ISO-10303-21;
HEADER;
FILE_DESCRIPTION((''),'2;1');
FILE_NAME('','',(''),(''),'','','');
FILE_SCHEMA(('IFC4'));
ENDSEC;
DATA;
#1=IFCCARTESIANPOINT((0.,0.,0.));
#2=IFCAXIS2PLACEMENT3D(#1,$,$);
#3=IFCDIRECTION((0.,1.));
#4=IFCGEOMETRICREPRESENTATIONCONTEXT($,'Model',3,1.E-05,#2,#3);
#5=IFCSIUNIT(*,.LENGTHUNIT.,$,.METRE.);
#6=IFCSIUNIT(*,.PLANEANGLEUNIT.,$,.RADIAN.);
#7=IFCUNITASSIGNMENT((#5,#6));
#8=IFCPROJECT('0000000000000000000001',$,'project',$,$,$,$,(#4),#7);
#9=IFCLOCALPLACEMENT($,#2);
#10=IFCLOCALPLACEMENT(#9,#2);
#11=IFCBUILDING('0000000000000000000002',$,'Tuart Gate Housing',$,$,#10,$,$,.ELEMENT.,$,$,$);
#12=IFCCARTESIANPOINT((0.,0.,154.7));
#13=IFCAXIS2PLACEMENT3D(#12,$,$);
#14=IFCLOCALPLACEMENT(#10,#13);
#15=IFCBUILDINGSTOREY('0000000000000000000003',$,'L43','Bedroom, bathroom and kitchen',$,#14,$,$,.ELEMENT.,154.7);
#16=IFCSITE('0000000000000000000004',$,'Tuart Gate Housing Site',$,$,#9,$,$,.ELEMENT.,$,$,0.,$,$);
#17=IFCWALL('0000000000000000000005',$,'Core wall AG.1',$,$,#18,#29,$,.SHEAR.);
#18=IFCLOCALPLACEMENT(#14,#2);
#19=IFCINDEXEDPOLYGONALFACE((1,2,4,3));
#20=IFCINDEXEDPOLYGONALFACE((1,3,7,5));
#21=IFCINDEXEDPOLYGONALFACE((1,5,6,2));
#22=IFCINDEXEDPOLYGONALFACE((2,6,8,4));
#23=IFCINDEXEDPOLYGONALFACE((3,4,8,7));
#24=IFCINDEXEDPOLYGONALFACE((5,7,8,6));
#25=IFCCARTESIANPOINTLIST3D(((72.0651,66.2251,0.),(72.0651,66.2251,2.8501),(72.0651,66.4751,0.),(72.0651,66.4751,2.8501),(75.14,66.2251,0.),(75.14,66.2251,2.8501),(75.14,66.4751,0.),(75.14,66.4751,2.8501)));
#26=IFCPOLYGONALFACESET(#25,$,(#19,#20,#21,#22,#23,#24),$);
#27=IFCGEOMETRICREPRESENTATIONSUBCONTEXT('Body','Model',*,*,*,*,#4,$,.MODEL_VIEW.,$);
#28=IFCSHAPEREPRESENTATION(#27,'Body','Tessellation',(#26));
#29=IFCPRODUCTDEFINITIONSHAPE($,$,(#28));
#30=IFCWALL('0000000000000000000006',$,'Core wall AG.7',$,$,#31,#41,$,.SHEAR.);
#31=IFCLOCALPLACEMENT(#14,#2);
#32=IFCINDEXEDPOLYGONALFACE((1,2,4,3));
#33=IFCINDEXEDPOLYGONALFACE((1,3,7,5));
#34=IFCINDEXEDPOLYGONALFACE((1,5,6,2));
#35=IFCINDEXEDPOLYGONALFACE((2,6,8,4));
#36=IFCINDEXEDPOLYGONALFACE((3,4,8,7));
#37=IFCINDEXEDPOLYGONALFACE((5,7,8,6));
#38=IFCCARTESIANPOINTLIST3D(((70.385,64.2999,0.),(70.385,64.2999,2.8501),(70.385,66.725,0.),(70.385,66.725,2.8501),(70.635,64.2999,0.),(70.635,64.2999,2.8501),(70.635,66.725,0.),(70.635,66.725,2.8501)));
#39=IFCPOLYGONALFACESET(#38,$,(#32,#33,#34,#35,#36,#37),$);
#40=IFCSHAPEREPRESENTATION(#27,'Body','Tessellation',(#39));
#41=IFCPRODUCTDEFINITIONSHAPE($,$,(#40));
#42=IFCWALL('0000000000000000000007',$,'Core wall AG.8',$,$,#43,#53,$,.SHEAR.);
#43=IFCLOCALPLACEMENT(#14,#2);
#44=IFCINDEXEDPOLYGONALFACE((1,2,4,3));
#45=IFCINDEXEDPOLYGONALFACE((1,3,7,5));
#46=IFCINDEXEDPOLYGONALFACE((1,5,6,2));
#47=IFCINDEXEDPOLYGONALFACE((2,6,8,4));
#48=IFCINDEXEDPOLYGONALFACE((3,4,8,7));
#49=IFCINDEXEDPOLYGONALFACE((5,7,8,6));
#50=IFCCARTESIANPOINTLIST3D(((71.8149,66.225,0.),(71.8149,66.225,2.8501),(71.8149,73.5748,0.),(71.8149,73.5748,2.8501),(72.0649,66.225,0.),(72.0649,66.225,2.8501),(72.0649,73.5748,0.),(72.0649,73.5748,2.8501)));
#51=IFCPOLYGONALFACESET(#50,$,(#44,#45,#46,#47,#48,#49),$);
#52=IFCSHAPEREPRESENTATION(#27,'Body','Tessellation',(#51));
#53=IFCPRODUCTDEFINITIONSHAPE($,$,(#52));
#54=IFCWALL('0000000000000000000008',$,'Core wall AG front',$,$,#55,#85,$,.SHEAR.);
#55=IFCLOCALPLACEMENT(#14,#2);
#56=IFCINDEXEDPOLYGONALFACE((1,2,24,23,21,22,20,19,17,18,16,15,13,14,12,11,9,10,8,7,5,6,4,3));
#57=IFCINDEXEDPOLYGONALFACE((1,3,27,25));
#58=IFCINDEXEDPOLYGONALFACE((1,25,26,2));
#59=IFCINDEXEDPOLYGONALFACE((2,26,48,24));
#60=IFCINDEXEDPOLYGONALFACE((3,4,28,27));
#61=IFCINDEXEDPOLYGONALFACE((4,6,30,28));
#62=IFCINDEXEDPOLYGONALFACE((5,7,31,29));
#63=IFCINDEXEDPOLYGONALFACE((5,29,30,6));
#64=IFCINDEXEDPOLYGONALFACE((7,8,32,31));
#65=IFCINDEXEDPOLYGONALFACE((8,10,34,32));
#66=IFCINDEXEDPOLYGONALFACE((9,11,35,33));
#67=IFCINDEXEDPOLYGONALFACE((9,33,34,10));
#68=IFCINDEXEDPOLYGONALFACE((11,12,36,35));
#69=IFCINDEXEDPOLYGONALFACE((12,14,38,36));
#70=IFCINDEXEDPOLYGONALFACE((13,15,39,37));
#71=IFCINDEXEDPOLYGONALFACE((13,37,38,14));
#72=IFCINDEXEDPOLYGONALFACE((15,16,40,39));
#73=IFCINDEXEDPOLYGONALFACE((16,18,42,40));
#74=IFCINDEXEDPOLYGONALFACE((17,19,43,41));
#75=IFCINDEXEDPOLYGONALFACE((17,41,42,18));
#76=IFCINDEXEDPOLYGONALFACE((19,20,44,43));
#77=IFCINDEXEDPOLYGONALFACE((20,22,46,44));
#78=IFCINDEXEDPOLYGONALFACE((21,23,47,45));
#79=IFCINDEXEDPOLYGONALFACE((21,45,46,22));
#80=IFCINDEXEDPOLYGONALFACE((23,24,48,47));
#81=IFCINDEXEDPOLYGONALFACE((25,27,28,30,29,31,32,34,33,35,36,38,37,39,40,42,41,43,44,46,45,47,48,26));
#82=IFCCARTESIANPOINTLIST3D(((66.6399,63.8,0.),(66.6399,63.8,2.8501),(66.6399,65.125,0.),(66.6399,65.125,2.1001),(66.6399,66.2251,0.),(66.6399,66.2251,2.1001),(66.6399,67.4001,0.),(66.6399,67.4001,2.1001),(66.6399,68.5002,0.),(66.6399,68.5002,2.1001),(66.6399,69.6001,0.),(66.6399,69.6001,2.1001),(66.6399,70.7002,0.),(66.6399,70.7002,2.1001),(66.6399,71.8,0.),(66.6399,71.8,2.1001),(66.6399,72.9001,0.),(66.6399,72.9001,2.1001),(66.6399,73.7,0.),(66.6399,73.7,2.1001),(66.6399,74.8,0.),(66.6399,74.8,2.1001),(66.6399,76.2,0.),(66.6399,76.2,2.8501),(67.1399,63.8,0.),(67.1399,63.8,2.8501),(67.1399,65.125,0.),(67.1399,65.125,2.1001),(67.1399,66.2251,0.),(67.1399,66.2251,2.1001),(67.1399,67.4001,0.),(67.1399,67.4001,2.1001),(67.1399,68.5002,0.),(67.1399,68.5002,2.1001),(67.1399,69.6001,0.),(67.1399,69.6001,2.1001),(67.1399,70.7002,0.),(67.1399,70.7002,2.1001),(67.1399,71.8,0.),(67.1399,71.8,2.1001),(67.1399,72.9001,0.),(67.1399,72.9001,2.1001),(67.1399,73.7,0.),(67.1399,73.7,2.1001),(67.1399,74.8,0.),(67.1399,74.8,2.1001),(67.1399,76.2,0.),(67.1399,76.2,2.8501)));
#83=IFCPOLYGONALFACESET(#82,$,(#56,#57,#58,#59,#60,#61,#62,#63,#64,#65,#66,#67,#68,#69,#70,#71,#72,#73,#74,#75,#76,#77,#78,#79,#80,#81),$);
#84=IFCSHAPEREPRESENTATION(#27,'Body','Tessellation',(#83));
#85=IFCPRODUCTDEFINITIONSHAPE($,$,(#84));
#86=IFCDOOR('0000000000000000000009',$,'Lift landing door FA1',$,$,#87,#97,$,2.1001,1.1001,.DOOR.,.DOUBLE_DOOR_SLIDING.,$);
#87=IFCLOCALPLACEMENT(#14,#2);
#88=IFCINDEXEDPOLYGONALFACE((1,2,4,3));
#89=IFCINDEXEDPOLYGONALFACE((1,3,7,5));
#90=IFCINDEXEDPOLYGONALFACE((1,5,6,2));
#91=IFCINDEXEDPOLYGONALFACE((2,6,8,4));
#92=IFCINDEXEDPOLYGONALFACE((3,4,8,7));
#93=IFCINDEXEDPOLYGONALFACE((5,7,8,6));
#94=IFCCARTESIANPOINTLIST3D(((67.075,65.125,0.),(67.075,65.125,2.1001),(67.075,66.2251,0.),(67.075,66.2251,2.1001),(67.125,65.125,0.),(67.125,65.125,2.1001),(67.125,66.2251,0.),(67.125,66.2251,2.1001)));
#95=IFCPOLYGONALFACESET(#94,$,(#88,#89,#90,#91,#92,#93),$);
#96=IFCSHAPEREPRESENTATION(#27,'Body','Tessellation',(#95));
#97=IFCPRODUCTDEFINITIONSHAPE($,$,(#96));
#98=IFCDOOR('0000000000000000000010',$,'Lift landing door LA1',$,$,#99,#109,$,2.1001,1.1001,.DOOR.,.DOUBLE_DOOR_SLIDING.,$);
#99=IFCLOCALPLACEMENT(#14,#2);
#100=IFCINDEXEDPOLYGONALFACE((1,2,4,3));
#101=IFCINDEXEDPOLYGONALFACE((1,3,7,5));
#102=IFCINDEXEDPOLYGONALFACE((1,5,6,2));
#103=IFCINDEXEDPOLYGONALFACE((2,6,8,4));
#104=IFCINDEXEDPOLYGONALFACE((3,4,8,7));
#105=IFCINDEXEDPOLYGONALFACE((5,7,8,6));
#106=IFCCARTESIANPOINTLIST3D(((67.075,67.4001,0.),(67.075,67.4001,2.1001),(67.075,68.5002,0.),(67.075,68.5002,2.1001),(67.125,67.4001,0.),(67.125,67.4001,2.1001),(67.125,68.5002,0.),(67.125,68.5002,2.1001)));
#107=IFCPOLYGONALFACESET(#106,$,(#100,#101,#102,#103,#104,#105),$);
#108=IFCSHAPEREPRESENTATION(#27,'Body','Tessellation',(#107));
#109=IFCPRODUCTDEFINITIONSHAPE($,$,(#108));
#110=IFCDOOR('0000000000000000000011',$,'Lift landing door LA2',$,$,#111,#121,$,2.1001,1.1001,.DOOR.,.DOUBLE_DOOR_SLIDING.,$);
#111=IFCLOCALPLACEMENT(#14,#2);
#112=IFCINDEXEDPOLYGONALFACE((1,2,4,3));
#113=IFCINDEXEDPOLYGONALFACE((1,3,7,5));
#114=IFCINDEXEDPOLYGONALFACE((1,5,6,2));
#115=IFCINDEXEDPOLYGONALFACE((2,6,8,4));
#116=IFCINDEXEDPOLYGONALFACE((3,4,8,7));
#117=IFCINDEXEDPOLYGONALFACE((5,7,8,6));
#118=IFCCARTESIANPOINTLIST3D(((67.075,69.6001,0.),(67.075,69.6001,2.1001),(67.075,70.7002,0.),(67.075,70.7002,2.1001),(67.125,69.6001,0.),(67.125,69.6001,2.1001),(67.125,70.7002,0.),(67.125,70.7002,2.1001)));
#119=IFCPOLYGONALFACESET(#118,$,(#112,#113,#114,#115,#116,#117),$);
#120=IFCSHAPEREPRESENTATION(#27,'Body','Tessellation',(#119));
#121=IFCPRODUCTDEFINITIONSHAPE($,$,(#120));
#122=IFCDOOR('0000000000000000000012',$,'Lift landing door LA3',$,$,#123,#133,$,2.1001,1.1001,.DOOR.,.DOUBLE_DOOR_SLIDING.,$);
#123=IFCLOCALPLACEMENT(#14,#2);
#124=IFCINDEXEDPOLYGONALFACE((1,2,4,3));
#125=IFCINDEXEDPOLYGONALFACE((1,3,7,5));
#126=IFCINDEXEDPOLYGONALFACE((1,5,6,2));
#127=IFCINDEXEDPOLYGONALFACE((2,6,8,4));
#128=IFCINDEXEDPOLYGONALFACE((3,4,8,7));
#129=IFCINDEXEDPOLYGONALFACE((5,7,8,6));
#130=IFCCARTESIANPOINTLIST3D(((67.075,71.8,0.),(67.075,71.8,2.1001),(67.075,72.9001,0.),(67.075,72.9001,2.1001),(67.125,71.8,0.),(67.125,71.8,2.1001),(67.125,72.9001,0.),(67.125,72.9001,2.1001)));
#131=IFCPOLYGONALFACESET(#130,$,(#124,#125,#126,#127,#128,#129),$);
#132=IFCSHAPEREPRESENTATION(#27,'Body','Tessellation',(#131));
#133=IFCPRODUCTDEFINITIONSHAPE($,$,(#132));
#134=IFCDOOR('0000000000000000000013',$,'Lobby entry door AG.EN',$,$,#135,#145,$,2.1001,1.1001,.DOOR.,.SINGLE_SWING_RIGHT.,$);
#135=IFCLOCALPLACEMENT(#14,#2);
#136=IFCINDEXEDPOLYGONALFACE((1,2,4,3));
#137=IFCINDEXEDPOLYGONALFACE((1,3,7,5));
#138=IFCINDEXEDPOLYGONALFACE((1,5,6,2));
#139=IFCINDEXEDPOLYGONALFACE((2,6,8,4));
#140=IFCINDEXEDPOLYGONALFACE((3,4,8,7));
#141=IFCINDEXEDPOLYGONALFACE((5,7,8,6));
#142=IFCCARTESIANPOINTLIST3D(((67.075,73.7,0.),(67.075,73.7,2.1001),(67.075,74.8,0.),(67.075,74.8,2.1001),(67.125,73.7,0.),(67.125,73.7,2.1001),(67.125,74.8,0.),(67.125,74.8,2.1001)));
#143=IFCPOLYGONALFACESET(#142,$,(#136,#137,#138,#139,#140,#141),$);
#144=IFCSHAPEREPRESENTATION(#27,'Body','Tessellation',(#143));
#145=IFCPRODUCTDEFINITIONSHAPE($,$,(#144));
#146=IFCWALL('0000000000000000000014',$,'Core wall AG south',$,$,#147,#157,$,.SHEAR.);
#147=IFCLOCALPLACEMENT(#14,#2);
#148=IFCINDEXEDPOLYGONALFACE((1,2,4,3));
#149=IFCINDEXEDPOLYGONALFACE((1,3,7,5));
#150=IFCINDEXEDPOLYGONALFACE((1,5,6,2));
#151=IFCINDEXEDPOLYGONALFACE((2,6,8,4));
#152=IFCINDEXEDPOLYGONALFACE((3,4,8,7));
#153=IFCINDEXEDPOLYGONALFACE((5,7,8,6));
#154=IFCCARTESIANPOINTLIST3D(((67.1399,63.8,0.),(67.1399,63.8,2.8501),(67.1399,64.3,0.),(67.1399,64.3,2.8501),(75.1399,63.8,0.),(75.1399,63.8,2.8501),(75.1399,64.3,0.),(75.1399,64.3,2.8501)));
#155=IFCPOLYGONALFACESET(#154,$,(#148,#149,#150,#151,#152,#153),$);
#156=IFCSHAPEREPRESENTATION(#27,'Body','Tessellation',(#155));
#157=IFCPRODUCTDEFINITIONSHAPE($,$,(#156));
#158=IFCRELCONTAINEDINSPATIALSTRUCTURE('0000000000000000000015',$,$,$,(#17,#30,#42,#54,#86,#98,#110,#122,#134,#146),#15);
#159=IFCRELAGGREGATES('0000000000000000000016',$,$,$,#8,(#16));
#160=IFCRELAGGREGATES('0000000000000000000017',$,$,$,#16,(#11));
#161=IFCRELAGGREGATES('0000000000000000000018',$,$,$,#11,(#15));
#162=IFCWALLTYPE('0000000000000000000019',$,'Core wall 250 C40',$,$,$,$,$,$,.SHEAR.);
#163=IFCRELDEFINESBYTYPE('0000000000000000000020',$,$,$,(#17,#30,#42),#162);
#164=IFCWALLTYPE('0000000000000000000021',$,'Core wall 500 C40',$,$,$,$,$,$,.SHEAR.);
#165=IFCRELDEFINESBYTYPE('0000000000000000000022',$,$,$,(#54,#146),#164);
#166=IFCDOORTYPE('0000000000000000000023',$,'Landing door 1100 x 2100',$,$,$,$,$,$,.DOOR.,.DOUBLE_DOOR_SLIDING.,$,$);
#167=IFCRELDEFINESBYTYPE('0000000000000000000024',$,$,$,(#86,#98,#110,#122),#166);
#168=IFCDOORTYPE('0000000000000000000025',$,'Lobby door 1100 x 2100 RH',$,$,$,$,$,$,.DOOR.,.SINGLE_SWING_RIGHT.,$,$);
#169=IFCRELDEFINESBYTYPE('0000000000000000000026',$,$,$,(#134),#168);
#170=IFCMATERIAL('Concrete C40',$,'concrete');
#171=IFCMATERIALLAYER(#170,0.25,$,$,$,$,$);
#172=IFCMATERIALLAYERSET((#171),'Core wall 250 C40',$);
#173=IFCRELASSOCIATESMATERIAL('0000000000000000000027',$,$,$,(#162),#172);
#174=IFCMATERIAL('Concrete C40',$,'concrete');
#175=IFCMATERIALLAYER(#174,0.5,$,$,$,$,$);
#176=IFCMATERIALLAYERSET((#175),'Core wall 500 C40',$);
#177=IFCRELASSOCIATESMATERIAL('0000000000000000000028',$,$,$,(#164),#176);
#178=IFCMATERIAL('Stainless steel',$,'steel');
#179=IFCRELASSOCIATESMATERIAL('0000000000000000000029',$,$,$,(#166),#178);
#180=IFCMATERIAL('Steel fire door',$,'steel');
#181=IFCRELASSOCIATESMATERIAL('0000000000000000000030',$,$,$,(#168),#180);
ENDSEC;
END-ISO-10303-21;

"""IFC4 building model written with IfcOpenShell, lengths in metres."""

from ifc_helpers import new_model, si_unit, direction, frame, frame_2d, origin, place, context, subcontext, project, spatial, rectangle, extrude, material, layer, layer_set, type_object, element, fill, save


model = new_model("IFC4")

# Units and contexts
model_context = context("Model", 3, precision=1e-05, world=origin(), true_north=direction((0.0, 1.0)))
body_context = subcontext(model_context, "Body", "Model", "MODEL_VIEW")
ifc_project = project(units=[si_unit("LENGTHUNIT", "METRE"), si_unit("PLANEANGLEUNIT", "RADIAN")], contexts=[model_context])

# Site, building, storey
site_placement = place(None, origin())
site = spatial("IfcSite", under=ifc_project, at=site_placement, Name="Tuart Gate Housing Site", CompositionType="ELEMENT", RefElevation=0.0)
building_placement = place(site_placement, origin())
building = spatial("IfcBuilding", under=site, at=building_placement, Name="Tuart Gate Housing", CompositionType="ELEMENT")
storey_placement = place(building_placement, frame((0.0, 0.0, 154.7)))
storey = spatial("IfcBuildingStorey", under=building, at=storey_placement, Name="L43", Description="Bedroom, bathroom and kitchen", CompositionType="ELEMENT", Elevation=154.7)

# Walls
ifc_material_1 = material(Name="Concrete C40", Category="concrete")
ifc_layer_1 = layer(ifc_material_1, 0.25)
ifc_layer_set_1 = layer_set([ifc_layer_1], Name="Core wall 250 C40")
wall_type_1 = type_object("IfcWallType", Name="Core wall 250 C40", PredefinedType="SHEAR", material=ifc_layer_set_1)
wall_1_placement = place(storey_placement, frame((72.0649, 66.3501, 0.0), z_axis=(0.0, 0.0, 1.0), x_axis=(1.0, 0.0, 0.0)))
element("IfcWall", 1, at=wall_1_placement, inside=storey, type_object=wall_type_1, Name="Core wall AG.1", PredefinedType="SHEAR", context=body_context, shape_type="SweptSolid", body=[
    extrude(rectangle(XDim=3.075, YDim=0.25, at=frame_2d((1.5376, 0.0))), origin(), (0.0, 0.0, 1.0), 2.8501),
])
wall_2_placement = place(storey_placement, frame((70.51, 64.3, 0.0), z_axis=(0.0, 0.0, 1.0), x_axis=(0.0, 1.0, 0.0)))
element("IfcWall", 2, at=wall_2_placement, inside=storey, type_object=wall_type_1, Name="Core wall AG.7", PredefinedType="SHEAR", context=body_context, shape_type="SweptSolid", body=[
    extrude(rectangle(XDim=2.425, YDim=0.25, at=frame_2d((1.2124, 0.0))), origin(), (0.0, 0.0, 1.0), 2.8501),
])
wall_3_placement = place(storey_placement, frame((71.9399, 66.2251, 0.0), z_axis=(0.0, 0.0, 1.0), x_axis=(0.0, 1.0, 0.0)))
element("IfcWall", 3, at=wall_3_placement, inside=storey, type_object=wall_type_1, Name="Core wall AG.8", PredefinedType="SHEAR", context=body_context, shape_type="SweptSolid", body=[
    extrude(rectangle(XDim=7.3499, YDim=0.25, at=frame_2d((3.6748, 0.0))), origin(), (0.0, 0.0, 1.0), 2.8501),
])

# Wall, openings, doors
ifc_material_2 = material(Name="Concrete C40", Category="concrete")
ifc_layer_2 = layer(ifc_material_2, 0.5)
ifc_layer_set_2 = layer_set([ifc_layer_2], Name="Core wall 500 C40")
wall_type_2 = type_object("IfcWallType", Name="Core wall 500 C40", PredefinedType="SHEAR", material=ifc_layer_set_2)
wall_4_placement = place(storey_placement, frame((66.8899, 63.8, 0.0), z_axis=(0.0, 0.0, 1.0), x_axis=(0.0, 1.0, 0.0)))
wall_4 = element("IfcWall", 4, at=wall_4_placement, inside=storey, type_object=wall_type_2, Name="Core wall AG front", PredefinedType="SHEAR", context=body_context, shape_type="SweptSolid", body=[
    extrude(rectangle(XDim=12.3999, YDim=0.5, at=frame_2d((6.2, 0.0))), origin(), (0.0, 0.0, 1.0), 2.8501),
])
opening_1_placement = place(wall_4_placement, frame((1.325, 0.0, 0.0)))
opening_1 = element("IfcOpeningElement", 5, at=opening_1_placement, cuts=wall_4, PredefinedType="OPENING", context=body_context, shape_type="SweptSolid", body=[
    extrude(rectangle(XDim=1.1001, YDim=2.1001, at=frame_2d((0.55, 1.05))), frame((0.0, 0.26, 0.0), z_axis=(0.0, -1.0, 0.0), x_axis=(1.0, 0.0, 0.0)), (0.0, 0.0, 1.0), 0.52),
])
opening_2_placement = place(wall_4_placement, frame((3.6001, 0.0, 0.0)))
opening_2 = element("IfcOpeningElement", 6, at=opening_2_placement, cuts=wall_4, PredefinedType="OPENING", context=body_context, shape_type="SweptSolid", body=[
    extrude(rectangle(XDim=1.1001, YDim=2.1001, at=frame_2d((0.55, 1.05))), frame((0.0, 0.26, 0.0), z_axis=(0.0, -1.0, 0.0), x_axis=(1.0, 0.0, 0.0)), (0.0, 0.0, 1.0), 0.52),
])
opening_3_placement = place(wall_4_placement, frame((5.8, 0.0, 0.0)))
opening_3 = element("IfcOpeningElement", 7, at=opening_3_placement, cuts=wall_4, PredefinedType="OPENING", context=body_context, shape_type="SweptSolid", body=[
    extrude(rectangle(XDim=1.1001, YDim=2.1001, at=frame_2d((0.55, 1.05))), frame((0.0, 0.26, 0.0), z_axis=(0.0, -1.0, 0.0), x_axis=(1.0, 0.0, 0.0)), (0.0, 0.0, 1.0), 0.52),
])
opening_4_placement = place(wall_4_placement, frame((8.0, 0.0, 0.0)))
opening_4 = element("IfcOpeningElement", 8, at=opening_4_placement, cuts=wall_4, PredefinedType="OPENING", context=body_context, shape_type="SweptSolid", body=[
    extrude(rectangle(XDim=1.1001, YDim=2.1001, at=frame_2d((0.55, 1.05))), frame((0.0, 0.26, 0.0), z_axis=(0.0, -1.0, 0.0), x_axis=(1.0, 0.0, 0.0)), (0.0, 0.0, 1.0), 0.52),
])
opening_5_placement = place(wall_4_placement, frame((9.8999, 0.0, 0.0)))
opening_5 = element("IfcOpeningElement", 9, at=opening_5_placement, cuts=wall_4, PredefinedType="OPENING", context=body_context, shape_type="SweptSolid", body=[
    extrude(rectangle(XDim=1.1001, YDim=2.1001, at=frame_2d((0.55, 1.05))), frame((0.0, 0.26, 0.0), z_axis=(0.0, -1.0, 0.0), x_axis=(1.0, 0.0, 0.0)), (0.0, 0.0, 1.0), 0.52),
])
ifc_material_3 = material(Name="Stainless steel", Category="steel")
door_type_1 = type_object("IfcDoorType", Name="Landing door 1100 x 2100", OperationType="DOUBLE_DOOR_SLIDING", PredefinedType="DOOR", material=ifc_material_3)
door_1_placement = place(opening_1_placement, origin())
door_1 = element("IfcDoor", 10, at=door_1_placement, inside=storey, type_object=door_type_1, Name="Lift landing door FA1", OperationType="DOUBLE_DOOR_SLIDING", OverallHeight=2.1001, OverallWidth=1.1001, PredefinedType="DOOR", context=body_context, shape_type="SweptSolid", body=[
    extrude(rectangle(XDim=1.1001, YDim=2.1001, at=frame_2d((0.55, 1.05))), frame((0.0, -0.1851, 0.0), z_axis=(0.0, -1.0, 0.0), x_axis=(1.0, 0.0, 0.0)), (0.0, 0.0, 1.0), 0.05),
])
fill(opening_1, door_1)
door_2_placement = place(opening_2_placement, origin())
door_2 = element("IfcDoor", 11, at=door_2_placement, inside=storey, type_object=door_type_1, Name="Lift landing door LA1", OperationType="DOUBLE_DOOR_SLIDING", OverallHeight=2.1001, OverallWidth=1.1001, PredefinedType="DOOR", context=body_context, shape_type="SweptSolid", body=[
    extrude(rectangle(XDim=1.1001, YDim=2.1001, at=frame_2d((0.55, 1.05))), frame((0.0, -0.1851, 0.0), z_axis=(0.0, -1.0, 0.0), x_axis=(1.0, 0.0, 0.0)), (0.0, 0.0, 1.0), 0.05),
])
fill(opening_2, door_2)
door_3_placement = place(opening_3_placement, origin())
door_3 = element("IfcDoor", 12, at=door_3_placement, inside=storey, type_object=door_type_1, Name="Lift landing door LA2", OperationType="DOUBLE_DOOR_SLIDING", OverallHeight=2.1001, OverallWidth=1.1001, PredefinedType="DOOR", context=body_context, shape_type="SweptSolid", body=[
    extrude(rectangle(XDim=1.1001, YDim=2.1001, at=frame_2d((0.55, 1.05))), frame((0.0, -0.1851, 0.0), z_axis=(0.0, -1.0, 0.0), x_axis=(1.0, 0.0, 0.0)), (0.0, 0.0, 1.0), 0.05),
])
fill(opening_3, door_3)
door_4_placement = place(opening_4_placement, origin())
door_4 = element("IfcDoor", 13, at=door_4_placement, inside=storey, type_object=door_type_1, Name="Lift landing door LA3", OperationType="DOUBLE_DOOR_SLIDING", OverallHeight=2.1001, OverallWidth=1.1001, PredefinedType="DOOR", context=body_context, shape_type="SweptSolid", body=[
    extrude(rectangle(XDim=1.1001, YDim=2.1001, at=frame_2d((0.55, 1.05))), frame((0.0, -0.1851, 0.0), z_axis=(0.0, -1.0, 0.0), x_axis=(1.0, 0.0, 0.0)), (0.0, 0.0, 1.0), 0.05),
])
fill(opening_4, door_4)
ifc_material_4 = material(Name="Steel fire door", Category="steel")
door_type_2 = type_object("IfcDoorType", Name="Lobby door 1100 x 2100 RH", OperationType="SINGLE_SWING_RIGHT", PredefinedType="DOOR", material=ifc_material_4)
door_5_placement = place(opening_5_placement, frame((1.1001, 0.0, 0.0), z_axis=(0.0, 0.0, 1.0), x_axis=(-1.0, 0.0, 0.0)))
door_5 = element("IfcDoor", 14, at=door_5_placement, inside=storey, type_object=door_type_2, Name="Lobby entry door AG.EN", OperationType="SINGLE_SWING_RIGHT", OverallHeight=2.1001, OverallWidth=1.1001, PredefinedType="DOOR", context=body_context, shape_type="SweptSolid", body=[
    extrude(rectangle(XDim=1.1001, YDim=2.1001, at=frame_2d((0.55, 1.05))), frame((0.0, 0.2351, 0.0), z_axis=(0.0, -1.0, 0.0), x_axis=(1.0, 0.0, 0.0)), (0.0, 0.0, 1.0), 0.05),
])
fill(opening_5, door_5)

# Wall
wall_5_placement = place(storey_placement, frame((67.1399, 64.05, 0.0), z_axis=(0.0, 0.0, 1.0), x_axis=(1.0, 0.0, 0.0)))
element("IfcWall", 15, at=wall_5_placement, inside=storey, type_object=wall_type_2, Name="Core wall AG south", PredefinedType="SHEAR", context=body_context, shape_type="SweptSolid", body=[
    extrude(rectangle(XDim=8.0, YDim=0.5, at=frame_2d((4.0, 0.0))), origin(), (0.0, 0.0, 1.0), 2.8501),
])

save(model, "model.ifc")
